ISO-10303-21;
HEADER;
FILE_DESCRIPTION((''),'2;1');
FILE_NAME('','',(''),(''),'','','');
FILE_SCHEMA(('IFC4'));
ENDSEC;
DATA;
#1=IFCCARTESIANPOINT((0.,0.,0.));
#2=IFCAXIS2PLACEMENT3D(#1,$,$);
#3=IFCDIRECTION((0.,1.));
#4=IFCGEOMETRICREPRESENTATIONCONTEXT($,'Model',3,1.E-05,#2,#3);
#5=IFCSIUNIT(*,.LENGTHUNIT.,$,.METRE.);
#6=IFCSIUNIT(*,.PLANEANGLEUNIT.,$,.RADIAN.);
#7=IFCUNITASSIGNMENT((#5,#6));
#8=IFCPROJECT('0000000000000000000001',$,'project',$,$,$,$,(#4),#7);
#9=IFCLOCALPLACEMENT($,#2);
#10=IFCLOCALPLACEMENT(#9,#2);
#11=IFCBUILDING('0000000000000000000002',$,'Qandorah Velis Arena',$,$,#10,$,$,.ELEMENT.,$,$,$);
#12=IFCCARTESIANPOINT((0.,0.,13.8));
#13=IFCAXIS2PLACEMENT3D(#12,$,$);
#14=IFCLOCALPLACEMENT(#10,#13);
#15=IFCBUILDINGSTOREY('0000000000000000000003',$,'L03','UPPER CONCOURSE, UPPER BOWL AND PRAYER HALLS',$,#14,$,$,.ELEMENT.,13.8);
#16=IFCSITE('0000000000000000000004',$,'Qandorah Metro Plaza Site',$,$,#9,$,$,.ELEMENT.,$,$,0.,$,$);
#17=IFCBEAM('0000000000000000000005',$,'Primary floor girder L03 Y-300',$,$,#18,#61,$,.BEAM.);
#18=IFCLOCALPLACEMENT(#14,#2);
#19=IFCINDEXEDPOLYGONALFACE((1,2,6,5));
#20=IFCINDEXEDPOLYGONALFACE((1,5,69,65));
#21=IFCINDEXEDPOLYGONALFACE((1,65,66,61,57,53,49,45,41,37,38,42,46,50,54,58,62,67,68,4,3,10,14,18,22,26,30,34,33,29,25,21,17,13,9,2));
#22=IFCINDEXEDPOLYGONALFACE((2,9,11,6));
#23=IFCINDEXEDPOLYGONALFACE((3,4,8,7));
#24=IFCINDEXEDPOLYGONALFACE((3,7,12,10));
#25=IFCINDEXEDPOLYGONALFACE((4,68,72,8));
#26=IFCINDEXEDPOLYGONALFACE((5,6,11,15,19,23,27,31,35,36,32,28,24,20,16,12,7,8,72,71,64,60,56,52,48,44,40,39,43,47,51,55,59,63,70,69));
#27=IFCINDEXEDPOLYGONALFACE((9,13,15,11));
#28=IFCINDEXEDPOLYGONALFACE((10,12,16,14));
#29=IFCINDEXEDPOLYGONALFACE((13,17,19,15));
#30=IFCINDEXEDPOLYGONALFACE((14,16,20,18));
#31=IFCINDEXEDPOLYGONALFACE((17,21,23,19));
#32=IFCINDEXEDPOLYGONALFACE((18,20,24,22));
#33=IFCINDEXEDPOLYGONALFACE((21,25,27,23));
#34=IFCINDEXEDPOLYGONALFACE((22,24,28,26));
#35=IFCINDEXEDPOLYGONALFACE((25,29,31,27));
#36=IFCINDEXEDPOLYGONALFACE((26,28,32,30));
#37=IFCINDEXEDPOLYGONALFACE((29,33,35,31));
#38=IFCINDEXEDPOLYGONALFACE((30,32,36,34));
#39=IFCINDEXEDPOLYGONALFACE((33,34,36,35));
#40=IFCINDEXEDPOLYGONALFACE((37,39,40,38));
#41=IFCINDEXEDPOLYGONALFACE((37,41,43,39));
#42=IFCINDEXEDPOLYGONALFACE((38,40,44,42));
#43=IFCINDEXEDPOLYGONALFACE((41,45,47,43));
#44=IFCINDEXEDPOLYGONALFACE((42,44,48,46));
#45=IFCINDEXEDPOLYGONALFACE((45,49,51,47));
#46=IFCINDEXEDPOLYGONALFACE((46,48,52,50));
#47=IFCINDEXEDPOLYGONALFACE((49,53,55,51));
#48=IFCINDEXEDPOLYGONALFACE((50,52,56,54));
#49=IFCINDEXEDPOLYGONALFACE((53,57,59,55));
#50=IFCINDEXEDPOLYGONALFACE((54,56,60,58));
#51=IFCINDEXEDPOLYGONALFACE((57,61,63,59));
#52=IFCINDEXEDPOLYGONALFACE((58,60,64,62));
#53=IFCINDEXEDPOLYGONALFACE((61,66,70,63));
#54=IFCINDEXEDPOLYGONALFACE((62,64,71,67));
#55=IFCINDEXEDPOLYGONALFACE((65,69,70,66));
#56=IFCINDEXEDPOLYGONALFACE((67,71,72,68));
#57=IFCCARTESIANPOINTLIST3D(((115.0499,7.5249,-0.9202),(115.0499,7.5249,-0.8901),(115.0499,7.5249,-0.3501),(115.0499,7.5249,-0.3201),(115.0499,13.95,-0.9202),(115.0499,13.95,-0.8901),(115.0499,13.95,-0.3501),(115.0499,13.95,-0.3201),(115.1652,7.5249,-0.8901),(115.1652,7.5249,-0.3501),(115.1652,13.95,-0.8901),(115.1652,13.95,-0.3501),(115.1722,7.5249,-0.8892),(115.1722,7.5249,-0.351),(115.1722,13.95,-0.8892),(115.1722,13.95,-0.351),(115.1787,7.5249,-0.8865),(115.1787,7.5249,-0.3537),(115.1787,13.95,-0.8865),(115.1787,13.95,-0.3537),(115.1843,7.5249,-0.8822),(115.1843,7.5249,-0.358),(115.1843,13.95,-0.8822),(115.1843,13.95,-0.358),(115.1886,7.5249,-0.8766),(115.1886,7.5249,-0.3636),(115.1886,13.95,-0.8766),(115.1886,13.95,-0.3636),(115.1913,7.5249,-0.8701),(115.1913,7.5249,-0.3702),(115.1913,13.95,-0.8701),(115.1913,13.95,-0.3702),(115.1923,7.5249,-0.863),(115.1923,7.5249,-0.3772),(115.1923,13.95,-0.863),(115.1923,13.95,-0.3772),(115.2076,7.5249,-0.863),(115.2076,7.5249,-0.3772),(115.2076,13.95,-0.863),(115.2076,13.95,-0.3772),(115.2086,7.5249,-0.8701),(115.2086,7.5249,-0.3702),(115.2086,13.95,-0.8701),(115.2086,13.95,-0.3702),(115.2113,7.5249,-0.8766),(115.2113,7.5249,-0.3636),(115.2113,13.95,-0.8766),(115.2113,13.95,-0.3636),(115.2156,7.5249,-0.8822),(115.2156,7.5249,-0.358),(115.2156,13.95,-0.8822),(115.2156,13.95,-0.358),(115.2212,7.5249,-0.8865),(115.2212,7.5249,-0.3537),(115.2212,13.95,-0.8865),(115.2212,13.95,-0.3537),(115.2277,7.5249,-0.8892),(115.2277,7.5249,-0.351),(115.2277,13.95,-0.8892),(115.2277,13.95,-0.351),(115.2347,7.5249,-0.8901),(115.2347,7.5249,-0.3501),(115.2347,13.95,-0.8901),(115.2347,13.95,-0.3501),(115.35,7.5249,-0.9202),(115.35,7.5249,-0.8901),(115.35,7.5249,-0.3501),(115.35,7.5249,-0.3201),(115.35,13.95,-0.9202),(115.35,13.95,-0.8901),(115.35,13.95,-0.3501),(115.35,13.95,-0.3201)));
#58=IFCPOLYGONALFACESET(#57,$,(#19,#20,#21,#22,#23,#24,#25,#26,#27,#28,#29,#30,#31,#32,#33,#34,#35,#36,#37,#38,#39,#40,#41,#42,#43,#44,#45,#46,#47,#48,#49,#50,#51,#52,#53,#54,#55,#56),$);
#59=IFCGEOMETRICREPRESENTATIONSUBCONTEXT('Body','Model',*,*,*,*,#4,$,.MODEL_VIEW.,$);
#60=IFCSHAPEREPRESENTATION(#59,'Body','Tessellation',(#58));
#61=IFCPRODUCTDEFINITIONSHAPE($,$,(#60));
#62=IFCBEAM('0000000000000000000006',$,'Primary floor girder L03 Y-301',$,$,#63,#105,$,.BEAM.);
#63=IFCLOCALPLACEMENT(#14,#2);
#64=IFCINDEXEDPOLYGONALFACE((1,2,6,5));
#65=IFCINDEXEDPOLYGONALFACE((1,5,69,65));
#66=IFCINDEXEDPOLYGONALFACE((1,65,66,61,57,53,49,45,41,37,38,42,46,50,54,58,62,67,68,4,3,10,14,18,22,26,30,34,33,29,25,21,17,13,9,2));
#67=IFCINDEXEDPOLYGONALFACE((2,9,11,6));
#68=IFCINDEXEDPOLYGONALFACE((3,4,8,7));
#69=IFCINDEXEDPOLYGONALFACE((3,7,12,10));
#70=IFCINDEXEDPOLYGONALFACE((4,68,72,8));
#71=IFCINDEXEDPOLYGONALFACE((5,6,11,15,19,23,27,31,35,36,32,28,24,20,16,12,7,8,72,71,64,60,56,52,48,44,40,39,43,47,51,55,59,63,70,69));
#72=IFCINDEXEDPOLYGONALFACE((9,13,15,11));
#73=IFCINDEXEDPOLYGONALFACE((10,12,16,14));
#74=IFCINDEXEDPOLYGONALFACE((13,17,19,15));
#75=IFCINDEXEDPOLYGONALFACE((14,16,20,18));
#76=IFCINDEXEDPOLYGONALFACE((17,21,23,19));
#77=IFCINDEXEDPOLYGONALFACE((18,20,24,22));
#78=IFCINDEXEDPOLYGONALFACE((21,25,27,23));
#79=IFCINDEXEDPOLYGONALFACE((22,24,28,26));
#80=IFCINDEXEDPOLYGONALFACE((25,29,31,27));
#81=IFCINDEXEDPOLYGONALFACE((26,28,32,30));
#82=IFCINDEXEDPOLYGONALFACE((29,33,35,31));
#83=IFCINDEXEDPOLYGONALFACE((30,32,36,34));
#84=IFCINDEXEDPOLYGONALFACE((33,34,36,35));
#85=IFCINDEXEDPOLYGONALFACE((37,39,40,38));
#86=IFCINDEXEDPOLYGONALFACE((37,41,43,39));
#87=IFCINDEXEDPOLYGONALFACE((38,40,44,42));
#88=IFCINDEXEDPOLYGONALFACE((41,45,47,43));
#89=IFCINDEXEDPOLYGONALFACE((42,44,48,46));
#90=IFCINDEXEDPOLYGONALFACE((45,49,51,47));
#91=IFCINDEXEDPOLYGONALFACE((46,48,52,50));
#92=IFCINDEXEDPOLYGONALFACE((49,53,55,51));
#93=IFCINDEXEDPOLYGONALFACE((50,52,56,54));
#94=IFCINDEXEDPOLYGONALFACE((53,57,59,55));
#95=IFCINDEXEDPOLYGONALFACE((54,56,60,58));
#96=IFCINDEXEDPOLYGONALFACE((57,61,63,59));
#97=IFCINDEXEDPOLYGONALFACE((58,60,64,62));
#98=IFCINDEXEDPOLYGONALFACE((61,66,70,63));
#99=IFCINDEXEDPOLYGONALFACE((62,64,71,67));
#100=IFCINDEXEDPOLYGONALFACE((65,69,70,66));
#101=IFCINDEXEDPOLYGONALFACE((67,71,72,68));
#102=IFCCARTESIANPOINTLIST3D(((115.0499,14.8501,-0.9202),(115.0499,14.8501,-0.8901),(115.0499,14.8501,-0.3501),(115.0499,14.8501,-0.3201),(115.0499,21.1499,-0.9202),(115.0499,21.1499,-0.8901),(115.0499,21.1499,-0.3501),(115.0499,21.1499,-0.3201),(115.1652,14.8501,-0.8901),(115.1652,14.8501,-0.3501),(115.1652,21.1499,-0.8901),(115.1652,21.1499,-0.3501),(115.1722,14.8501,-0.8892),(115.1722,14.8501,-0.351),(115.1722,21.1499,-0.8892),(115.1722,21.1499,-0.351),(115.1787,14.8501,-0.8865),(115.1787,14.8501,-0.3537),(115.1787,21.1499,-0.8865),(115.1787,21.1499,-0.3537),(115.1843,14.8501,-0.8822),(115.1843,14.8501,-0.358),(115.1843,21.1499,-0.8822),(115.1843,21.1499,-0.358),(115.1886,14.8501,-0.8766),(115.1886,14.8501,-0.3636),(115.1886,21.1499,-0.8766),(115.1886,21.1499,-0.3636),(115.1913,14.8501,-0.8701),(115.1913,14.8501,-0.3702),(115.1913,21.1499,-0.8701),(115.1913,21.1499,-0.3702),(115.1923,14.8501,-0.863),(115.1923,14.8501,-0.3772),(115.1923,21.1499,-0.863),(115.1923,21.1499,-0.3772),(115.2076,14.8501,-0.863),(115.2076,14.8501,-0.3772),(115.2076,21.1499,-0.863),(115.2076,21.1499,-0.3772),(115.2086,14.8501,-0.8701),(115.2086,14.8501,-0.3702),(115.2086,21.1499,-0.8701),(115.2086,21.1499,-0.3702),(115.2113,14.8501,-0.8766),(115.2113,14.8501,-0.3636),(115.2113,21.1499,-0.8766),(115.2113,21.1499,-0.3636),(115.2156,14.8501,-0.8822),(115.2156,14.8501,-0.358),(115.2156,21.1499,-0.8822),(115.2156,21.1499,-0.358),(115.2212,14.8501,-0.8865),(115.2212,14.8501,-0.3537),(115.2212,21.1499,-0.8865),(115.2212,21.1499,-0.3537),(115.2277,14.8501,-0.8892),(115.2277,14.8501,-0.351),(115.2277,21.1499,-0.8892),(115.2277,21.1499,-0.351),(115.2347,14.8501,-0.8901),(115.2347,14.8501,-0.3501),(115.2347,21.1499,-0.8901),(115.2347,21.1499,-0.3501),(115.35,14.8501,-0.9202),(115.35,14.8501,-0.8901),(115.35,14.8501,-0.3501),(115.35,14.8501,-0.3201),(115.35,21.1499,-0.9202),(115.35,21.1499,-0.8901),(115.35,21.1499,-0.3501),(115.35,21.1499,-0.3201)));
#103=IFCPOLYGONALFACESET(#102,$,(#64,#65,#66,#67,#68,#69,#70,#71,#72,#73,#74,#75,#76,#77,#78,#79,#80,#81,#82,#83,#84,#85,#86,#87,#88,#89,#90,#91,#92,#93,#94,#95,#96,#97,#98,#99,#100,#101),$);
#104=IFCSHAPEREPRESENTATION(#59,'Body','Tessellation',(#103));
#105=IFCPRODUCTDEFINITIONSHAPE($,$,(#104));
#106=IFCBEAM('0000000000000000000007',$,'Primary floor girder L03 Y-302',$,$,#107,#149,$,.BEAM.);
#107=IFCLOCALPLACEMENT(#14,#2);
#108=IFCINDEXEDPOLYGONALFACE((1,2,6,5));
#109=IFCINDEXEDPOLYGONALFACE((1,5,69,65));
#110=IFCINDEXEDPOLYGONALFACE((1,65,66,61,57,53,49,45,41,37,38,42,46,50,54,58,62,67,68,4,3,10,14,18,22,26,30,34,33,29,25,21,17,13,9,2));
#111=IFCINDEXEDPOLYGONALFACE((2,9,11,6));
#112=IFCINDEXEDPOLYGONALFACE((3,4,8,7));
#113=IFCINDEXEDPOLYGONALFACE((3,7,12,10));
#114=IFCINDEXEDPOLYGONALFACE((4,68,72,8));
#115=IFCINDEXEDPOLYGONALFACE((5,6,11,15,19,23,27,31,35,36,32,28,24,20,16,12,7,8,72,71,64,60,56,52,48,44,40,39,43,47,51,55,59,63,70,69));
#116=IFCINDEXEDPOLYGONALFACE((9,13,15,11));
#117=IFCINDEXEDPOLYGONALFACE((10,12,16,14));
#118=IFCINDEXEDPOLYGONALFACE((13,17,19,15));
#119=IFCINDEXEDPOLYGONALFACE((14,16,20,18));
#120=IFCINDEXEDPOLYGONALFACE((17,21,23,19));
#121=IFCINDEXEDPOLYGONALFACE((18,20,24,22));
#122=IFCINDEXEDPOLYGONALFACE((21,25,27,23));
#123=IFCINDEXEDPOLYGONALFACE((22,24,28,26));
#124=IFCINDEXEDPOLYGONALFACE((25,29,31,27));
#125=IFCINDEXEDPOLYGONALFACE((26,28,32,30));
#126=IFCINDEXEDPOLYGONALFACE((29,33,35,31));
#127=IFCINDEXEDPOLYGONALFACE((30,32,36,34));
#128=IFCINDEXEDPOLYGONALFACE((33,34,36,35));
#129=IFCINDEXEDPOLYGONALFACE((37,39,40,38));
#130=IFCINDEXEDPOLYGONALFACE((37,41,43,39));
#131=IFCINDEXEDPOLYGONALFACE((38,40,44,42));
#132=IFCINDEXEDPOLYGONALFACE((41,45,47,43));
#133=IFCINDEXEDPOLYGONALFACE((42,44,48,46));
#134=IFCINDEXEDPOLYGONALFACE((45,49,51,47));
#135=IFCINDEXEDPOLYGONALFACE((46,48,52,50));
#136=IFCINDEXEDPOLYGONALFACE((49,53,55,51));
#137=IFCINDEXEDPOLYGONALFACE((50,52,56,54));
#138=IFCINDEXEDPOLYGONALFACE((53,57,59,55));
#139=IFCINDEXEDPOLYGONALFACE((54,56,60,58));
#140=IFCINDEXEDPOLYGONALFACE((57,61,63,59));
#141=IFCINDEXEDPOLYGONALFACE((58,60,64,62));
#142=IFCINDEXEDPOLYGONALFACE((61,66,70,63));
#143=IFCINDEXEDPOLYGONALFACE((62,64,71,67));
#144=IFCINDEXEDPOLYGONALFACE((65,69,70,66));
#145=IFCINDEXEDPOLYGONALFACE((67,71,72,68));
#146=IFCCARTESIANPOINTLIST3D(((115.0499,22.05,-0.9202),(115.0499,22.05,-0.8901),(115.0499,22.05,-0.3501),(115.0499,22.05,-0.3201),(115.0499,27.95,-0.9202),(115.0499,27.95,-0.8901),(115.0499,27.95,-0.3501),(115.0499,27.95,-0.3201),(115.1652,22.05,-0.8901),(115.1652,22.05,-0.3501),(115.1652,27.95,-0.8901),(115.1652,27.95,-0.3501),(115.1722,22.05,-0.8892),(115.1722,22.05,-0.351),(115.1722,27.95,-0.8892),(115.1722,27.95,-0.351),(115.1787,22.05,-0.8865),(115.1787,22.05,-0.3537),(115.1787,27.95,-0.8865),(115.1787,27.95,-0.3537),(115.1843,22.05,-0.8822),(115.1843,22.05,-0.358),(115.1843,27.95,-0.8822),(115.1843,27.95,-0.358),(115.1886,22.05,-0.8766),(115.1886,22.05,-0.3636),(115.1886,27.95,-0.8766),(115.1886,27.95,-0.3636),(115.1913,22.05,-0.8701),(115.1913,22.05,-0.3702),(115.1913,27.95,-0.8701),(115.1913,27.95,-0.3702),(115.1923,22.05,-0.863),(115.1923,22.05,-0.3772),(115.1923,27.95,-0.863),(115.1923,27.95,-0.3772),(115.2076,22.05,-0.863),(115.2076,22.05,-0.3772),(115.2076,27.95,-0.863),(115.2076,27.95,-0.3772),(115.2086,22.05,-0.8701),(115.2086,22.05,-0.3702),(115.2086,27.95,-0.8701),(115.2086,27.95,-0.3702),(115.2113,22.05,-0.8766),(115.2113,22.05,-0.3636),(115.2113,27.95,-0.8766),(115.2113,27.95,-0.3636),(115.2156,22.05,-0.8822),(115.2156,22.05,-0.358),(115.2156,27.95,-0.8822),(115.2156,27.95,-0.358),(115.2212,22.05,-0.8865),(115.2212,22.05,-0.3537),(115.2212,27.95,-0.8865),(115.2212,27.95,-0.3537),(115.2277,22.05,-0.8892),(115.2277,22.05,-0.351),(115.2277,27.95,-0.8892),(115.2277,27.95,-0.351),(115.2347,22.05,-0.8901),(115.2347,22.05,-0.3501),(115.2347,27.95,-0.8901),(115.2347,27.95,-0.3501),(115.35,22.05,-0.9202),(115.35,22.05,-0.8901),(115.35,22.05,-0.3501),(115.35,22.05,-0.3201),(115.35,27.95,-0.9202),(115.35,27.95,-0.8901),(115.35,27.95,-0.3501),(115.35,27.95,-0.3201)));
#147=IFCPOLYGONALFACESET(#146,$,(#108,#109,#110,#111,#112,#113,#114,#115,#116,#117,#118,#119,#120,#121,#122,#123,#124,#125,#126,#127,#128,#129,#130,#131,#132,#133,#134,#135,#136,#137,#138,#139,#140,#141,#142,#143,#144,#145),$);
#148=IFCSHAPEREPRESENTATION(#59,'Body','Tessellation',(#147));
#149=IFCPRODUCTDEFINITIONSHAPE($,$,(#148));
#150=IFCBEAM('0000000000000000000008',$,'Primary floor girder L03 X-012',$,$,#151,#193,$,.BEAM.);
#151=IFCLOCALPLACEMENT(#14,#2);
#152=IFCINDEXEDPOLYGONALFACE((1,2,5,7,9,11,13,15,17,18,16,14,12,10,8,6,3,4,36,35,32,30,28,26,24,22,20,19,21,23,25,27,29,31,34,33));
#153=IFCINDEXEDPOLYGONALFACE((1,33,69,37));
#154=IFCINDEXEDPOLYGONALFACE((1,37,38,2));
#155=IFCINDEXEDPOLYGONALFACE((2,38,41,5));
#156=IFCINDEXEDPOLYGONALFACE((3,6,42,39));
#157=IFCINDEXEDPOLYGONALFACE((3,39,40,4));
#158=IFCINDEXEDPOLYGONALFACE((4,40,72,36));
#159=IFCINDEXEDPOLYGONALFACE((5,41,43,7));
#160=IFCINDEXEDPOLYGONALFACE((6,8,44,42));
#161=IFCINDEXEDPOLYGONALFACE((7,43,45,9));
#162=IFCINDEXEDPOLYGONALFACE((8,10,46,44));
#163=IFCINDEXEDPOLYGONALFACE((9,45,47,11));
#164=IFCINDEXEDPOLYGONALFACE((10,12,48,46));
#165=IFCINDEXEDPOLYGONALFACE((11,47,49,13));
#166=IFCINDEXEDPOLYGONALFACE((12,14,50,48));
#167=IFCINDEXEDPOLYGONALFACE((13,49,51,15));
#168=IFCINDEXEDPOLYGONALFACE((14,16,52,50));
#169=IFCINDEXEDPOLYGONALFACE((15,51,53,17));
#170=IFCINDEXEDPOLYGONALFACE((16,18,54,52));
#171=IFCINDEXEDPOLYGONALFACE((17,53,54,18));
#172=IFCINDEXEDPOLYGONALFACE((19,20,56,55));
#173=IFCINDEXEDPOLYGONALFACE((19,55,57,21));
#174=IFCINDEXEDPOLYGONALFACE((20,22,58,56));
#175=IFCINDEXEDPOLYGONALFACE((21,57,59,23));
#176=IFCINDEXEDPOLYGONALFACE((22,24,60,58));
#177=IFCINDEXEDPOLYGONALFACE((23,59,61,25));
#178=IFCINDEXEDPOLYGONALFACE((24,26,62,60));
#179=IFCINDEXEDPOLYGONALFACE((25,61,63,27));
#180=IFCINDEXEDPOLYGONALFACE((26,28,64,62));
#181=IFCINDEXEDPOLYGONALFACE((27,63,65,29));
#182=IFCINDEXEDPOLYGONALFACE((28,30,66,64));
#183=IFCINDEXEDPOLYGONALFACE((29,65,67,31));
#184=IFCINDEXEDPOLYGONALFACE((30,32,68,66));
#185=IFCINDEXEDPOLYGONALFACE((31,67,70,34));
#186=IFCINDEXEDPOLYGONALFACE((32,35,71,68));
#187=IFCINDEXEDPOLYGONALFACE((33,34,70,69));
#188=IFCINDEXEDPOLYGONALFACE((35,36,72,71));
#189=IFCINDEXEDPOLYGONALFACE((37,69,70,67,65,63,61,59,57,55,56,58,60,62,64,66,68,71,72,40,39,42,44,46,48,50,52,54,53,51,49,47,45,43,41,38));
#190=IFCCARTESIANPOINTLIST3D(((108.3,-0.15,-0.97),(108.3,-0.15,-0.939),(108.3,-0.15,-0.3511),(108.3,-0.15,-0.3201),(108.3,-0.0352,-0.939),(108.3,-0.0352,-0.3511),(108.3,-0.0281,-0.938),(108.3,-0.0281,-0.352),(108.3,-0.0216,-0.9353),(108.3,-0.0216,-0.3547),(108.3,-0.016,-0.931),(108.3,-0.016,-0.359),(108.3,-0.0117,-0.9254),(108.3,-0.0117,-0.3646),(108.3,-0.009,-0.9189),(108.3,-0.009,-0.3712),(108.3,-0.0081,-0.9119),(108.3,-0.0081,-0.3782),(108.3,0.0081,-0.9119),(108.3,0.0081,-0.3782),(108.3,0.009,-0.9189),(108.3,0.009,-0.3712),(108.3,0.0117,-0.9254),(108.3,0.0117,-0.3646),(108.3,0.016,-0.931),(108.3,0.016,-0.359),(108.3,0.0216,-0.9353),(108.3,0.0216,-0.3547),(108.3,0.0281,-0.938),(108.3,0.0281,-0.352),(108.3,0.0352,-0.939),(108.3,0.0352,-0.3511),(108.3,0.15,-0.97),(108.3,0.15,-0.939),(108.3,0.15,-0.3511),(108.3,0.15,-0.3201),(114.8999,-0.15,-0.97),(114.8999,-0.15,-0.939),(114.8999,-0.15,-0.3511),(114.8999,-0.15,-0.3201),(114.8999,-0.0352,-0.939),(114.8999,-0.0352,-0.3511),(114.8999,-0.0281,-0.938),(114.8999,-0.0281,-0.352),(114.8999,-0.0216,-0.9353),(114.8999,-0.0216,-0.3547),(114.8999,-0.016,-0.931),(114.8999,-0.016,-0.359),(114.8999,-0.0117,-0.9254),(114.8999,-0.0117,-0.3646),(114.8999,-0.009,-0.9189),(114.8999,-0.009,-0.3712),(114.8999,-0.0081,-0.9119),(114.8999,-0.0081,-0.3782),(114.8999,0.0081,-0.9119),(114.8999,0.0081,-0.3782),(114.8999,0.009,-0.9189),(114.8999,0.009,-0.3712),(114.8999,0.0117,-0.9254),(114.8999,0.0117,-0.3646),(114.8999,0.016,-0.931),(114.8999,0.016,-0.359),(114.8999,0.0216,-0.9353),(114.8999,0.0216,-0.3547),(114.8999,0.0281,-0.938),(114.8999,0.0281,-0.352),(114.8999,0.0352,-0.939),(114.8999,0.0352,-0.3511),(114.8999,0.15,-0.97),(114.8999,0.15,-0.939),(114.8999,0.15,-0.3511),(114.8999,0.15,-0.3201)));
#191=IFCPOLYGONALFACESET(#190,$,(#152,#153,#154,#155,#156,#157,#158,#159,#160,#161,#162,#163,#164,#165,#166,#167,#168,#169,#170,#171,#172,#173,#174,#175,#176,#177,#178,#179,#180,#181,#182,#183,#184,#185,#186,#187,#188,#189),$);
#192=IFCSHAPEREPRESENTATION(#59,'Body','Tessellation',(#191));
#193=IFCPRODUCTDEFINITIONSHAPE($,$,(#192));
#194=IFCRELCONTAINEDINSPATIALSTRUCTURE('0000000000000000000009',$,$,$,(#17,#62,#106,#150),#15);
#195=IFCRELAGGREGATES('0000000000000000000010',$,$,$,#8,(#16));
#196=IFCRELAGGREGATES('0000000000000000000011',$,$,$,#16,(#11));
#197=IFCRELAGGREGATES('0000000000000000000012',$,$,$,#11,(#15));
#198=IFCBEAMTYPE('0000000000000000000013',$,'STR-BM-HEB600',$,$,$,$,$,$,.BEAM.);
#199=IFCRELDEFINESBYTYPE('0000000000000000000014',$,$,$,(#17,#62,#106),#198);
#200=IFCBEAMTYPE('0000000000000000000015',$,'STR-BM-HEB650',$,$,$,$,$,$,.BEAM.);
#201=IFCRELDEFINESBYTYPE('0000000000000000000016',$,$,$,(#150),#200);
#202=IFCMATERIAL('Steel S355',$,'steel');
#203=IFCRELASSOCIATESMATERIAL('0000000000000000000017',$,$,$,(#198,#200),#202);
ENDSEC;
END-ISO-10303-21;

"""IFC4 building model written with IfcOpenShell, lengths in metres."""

from ifc_helpers import new_model, si_unit, direction, frame, origin, origin_2d, place, context, subcontext, project, spatial, i_section, extrude, material, material_profile, profile_set, type_object, element, save


model = new_model("IFC4")

# Units and contexts
model_context = context("Model", 3, precision=1e-05, world=origin(), true_north=direction((0.0, 1.0)))
body_context = subcontext(model_context, "Body", "Model", "MODEL_VIEW")
ifc_project = project(units=[si_unit("LENGTHUNIT", "METRE"), si_unit("PLANEANGLEUNIT", "RADIAN")], contexts=[model_context])

# Site, building, storey
site_placement = place(None, origin())
site = spatial("IfcSite", under=ifc_project, at=site_placement, Name="Qandorah Metro Plaza Site", CompositionType="ELEMENT", RefElevation=0.0)
building_placement = place(site_placement, origin())
building = spatial("IfcBuilding", under=site, at=building_placement, Name="Qandorah Velis Arena", CompositionType="ELEMENT")
storey_placement = place(building_placement, frame((0.0, 0.0, 13.8)))
storey = spatial("IfcBuildingStorey", under=building, at=storey_placement, Name="L03", Description="UPPER CONCOURSE, UPPER BOWL AND PRAYER HALLS", CompositionType="ELEMENT", Elevation=13.8)

# Beams
ifc_material_1 = material(Name="Steel S355", Category="steel")
ifc_material_profile_1 = material_profile(ifc_material_1, i_section(OverallWidth=0.3, OverallDepth=0.6001, WebThickness=0.0154, FlangeThickness=0.03, FilletRadius=0.0271, at=origin_2d()), Name="HEB 600")
ifc_profile_set_1 = profile_set([ifc_material_profile_1], Name="Steel S355")
beam_type_1 = type_object("IfcBeamType", Name="STR-BM-HEB600", PredefinedType="BEAM", material=ifc_profile_set_1)
beam_1_placement = place(storey_placement, frame((115.2, 7.5249, -0.6201), z_axis=(0.0, 1.0, 0.0), x_axis=(-1.0, 0.0, 0.0)))
element("IfcBeam", 1, at=beam_1_placement, inside=storey, type_object=beam_type_1, Name="Primary floor girder L03 Y-300", PredefinedType="BEAM", context=body_context, shape_type="SweptSolid", body=[
    extrude(i_section(OverallWidth=0.3, OverallDepth=0.6001, WebThickness=0.0154, FlangeThickness=0.03, FilletRadius=0.0271, at=origin_2d()), origin(), (0.0, 0.0, 1.0), 6.425),
])
beam_2_placement = place(storey_placement, frame((115.2, 14.8501, -0.6201), z_axis=(0.0, 1.0, 0.0), x_axis=(-1.0, 0.0, 0.0)))
element("IfcBeam", 2, at=beam_2_placement, inside=storey, type_object=beam_type_1, Name="Primary floor girder L03 Y-301", PredefinedType="BEAM", context=body_context, shape_type="SweptSolid", body=[
    extrude(i_section(OverallWidth=0.3, OverallDepth=0.6001, WebThickness=0.0154, FlangeThickness=0.03, FilletRadius=0.0271, at=origin_2d()), origin(), (0.0, 0.0, 1.0), 6.2998),
])
beam_3_placement = place(storey_placement, frame((115.2, 22.05, -0.6201), z_axis=(0.0, 1.0, 0.0), x_axis=(-1.0, 0.0, 0.0)))
element("IfcBeam", 3, at=beam_3_placement, inside=storey, type_object=beam_type_1, Name="Primary floor girder L03 Y-302", PredefinedType="BEAM", context=body_context, shape_type="SweptSolid", body=[
    extrude(i_section(OverallWidth=0.3, OverallDepth=0.6001, WebThickness=0.0154, FlangeThickness=0.03, FilletRadius=0.0271, at=origin_2d()), origin(), (0.0, 0.0, 1.0), 5.8999),
])
ifc_material_profile_2 = material_profile(ifc_material_1, i_section(OverallWidth=0.3, OverallDepth=0.6499, WebThickness=0.0161, FlangeThickness=0.031, FilletRadius=0.0271, at=origin_2d()), Name="HEB 650")
ifc_profile_set_2 = profile_set([ifc_material_profile_2], Name="Steel S355")
beam_type_2 = type_object("IfcBeamType", Name="STR-BM-HEB650", PredefinedType="BEAM", material=ifc_profile_set_2)
beam_4_placement = place(storey_placement, frame((108.3, 0.0, -0.645), z_axis=(1.0, 0.0, 0.0), x_axis=(0.0, 1.0, 0.0)))
element("IfcBeam", 4, at=beam_4_placement, inside=storey, type_object=beam_type_2, Name="Primary floor girder L03 X-012", PredefinedType="BEAM", context=body_context, shape_type="SweptSolid", body=[
    extrude(i_section(OverallWidth=0.3, OverallDepth=0.6499, WebThickness=0.0161, FlangeThickness=0.031, FilletRadius=0.0271, at=origin_2d()), origin(), (0.0, 0.0, 1.0), 6.5999),
])

save(model, "model.ifc")
